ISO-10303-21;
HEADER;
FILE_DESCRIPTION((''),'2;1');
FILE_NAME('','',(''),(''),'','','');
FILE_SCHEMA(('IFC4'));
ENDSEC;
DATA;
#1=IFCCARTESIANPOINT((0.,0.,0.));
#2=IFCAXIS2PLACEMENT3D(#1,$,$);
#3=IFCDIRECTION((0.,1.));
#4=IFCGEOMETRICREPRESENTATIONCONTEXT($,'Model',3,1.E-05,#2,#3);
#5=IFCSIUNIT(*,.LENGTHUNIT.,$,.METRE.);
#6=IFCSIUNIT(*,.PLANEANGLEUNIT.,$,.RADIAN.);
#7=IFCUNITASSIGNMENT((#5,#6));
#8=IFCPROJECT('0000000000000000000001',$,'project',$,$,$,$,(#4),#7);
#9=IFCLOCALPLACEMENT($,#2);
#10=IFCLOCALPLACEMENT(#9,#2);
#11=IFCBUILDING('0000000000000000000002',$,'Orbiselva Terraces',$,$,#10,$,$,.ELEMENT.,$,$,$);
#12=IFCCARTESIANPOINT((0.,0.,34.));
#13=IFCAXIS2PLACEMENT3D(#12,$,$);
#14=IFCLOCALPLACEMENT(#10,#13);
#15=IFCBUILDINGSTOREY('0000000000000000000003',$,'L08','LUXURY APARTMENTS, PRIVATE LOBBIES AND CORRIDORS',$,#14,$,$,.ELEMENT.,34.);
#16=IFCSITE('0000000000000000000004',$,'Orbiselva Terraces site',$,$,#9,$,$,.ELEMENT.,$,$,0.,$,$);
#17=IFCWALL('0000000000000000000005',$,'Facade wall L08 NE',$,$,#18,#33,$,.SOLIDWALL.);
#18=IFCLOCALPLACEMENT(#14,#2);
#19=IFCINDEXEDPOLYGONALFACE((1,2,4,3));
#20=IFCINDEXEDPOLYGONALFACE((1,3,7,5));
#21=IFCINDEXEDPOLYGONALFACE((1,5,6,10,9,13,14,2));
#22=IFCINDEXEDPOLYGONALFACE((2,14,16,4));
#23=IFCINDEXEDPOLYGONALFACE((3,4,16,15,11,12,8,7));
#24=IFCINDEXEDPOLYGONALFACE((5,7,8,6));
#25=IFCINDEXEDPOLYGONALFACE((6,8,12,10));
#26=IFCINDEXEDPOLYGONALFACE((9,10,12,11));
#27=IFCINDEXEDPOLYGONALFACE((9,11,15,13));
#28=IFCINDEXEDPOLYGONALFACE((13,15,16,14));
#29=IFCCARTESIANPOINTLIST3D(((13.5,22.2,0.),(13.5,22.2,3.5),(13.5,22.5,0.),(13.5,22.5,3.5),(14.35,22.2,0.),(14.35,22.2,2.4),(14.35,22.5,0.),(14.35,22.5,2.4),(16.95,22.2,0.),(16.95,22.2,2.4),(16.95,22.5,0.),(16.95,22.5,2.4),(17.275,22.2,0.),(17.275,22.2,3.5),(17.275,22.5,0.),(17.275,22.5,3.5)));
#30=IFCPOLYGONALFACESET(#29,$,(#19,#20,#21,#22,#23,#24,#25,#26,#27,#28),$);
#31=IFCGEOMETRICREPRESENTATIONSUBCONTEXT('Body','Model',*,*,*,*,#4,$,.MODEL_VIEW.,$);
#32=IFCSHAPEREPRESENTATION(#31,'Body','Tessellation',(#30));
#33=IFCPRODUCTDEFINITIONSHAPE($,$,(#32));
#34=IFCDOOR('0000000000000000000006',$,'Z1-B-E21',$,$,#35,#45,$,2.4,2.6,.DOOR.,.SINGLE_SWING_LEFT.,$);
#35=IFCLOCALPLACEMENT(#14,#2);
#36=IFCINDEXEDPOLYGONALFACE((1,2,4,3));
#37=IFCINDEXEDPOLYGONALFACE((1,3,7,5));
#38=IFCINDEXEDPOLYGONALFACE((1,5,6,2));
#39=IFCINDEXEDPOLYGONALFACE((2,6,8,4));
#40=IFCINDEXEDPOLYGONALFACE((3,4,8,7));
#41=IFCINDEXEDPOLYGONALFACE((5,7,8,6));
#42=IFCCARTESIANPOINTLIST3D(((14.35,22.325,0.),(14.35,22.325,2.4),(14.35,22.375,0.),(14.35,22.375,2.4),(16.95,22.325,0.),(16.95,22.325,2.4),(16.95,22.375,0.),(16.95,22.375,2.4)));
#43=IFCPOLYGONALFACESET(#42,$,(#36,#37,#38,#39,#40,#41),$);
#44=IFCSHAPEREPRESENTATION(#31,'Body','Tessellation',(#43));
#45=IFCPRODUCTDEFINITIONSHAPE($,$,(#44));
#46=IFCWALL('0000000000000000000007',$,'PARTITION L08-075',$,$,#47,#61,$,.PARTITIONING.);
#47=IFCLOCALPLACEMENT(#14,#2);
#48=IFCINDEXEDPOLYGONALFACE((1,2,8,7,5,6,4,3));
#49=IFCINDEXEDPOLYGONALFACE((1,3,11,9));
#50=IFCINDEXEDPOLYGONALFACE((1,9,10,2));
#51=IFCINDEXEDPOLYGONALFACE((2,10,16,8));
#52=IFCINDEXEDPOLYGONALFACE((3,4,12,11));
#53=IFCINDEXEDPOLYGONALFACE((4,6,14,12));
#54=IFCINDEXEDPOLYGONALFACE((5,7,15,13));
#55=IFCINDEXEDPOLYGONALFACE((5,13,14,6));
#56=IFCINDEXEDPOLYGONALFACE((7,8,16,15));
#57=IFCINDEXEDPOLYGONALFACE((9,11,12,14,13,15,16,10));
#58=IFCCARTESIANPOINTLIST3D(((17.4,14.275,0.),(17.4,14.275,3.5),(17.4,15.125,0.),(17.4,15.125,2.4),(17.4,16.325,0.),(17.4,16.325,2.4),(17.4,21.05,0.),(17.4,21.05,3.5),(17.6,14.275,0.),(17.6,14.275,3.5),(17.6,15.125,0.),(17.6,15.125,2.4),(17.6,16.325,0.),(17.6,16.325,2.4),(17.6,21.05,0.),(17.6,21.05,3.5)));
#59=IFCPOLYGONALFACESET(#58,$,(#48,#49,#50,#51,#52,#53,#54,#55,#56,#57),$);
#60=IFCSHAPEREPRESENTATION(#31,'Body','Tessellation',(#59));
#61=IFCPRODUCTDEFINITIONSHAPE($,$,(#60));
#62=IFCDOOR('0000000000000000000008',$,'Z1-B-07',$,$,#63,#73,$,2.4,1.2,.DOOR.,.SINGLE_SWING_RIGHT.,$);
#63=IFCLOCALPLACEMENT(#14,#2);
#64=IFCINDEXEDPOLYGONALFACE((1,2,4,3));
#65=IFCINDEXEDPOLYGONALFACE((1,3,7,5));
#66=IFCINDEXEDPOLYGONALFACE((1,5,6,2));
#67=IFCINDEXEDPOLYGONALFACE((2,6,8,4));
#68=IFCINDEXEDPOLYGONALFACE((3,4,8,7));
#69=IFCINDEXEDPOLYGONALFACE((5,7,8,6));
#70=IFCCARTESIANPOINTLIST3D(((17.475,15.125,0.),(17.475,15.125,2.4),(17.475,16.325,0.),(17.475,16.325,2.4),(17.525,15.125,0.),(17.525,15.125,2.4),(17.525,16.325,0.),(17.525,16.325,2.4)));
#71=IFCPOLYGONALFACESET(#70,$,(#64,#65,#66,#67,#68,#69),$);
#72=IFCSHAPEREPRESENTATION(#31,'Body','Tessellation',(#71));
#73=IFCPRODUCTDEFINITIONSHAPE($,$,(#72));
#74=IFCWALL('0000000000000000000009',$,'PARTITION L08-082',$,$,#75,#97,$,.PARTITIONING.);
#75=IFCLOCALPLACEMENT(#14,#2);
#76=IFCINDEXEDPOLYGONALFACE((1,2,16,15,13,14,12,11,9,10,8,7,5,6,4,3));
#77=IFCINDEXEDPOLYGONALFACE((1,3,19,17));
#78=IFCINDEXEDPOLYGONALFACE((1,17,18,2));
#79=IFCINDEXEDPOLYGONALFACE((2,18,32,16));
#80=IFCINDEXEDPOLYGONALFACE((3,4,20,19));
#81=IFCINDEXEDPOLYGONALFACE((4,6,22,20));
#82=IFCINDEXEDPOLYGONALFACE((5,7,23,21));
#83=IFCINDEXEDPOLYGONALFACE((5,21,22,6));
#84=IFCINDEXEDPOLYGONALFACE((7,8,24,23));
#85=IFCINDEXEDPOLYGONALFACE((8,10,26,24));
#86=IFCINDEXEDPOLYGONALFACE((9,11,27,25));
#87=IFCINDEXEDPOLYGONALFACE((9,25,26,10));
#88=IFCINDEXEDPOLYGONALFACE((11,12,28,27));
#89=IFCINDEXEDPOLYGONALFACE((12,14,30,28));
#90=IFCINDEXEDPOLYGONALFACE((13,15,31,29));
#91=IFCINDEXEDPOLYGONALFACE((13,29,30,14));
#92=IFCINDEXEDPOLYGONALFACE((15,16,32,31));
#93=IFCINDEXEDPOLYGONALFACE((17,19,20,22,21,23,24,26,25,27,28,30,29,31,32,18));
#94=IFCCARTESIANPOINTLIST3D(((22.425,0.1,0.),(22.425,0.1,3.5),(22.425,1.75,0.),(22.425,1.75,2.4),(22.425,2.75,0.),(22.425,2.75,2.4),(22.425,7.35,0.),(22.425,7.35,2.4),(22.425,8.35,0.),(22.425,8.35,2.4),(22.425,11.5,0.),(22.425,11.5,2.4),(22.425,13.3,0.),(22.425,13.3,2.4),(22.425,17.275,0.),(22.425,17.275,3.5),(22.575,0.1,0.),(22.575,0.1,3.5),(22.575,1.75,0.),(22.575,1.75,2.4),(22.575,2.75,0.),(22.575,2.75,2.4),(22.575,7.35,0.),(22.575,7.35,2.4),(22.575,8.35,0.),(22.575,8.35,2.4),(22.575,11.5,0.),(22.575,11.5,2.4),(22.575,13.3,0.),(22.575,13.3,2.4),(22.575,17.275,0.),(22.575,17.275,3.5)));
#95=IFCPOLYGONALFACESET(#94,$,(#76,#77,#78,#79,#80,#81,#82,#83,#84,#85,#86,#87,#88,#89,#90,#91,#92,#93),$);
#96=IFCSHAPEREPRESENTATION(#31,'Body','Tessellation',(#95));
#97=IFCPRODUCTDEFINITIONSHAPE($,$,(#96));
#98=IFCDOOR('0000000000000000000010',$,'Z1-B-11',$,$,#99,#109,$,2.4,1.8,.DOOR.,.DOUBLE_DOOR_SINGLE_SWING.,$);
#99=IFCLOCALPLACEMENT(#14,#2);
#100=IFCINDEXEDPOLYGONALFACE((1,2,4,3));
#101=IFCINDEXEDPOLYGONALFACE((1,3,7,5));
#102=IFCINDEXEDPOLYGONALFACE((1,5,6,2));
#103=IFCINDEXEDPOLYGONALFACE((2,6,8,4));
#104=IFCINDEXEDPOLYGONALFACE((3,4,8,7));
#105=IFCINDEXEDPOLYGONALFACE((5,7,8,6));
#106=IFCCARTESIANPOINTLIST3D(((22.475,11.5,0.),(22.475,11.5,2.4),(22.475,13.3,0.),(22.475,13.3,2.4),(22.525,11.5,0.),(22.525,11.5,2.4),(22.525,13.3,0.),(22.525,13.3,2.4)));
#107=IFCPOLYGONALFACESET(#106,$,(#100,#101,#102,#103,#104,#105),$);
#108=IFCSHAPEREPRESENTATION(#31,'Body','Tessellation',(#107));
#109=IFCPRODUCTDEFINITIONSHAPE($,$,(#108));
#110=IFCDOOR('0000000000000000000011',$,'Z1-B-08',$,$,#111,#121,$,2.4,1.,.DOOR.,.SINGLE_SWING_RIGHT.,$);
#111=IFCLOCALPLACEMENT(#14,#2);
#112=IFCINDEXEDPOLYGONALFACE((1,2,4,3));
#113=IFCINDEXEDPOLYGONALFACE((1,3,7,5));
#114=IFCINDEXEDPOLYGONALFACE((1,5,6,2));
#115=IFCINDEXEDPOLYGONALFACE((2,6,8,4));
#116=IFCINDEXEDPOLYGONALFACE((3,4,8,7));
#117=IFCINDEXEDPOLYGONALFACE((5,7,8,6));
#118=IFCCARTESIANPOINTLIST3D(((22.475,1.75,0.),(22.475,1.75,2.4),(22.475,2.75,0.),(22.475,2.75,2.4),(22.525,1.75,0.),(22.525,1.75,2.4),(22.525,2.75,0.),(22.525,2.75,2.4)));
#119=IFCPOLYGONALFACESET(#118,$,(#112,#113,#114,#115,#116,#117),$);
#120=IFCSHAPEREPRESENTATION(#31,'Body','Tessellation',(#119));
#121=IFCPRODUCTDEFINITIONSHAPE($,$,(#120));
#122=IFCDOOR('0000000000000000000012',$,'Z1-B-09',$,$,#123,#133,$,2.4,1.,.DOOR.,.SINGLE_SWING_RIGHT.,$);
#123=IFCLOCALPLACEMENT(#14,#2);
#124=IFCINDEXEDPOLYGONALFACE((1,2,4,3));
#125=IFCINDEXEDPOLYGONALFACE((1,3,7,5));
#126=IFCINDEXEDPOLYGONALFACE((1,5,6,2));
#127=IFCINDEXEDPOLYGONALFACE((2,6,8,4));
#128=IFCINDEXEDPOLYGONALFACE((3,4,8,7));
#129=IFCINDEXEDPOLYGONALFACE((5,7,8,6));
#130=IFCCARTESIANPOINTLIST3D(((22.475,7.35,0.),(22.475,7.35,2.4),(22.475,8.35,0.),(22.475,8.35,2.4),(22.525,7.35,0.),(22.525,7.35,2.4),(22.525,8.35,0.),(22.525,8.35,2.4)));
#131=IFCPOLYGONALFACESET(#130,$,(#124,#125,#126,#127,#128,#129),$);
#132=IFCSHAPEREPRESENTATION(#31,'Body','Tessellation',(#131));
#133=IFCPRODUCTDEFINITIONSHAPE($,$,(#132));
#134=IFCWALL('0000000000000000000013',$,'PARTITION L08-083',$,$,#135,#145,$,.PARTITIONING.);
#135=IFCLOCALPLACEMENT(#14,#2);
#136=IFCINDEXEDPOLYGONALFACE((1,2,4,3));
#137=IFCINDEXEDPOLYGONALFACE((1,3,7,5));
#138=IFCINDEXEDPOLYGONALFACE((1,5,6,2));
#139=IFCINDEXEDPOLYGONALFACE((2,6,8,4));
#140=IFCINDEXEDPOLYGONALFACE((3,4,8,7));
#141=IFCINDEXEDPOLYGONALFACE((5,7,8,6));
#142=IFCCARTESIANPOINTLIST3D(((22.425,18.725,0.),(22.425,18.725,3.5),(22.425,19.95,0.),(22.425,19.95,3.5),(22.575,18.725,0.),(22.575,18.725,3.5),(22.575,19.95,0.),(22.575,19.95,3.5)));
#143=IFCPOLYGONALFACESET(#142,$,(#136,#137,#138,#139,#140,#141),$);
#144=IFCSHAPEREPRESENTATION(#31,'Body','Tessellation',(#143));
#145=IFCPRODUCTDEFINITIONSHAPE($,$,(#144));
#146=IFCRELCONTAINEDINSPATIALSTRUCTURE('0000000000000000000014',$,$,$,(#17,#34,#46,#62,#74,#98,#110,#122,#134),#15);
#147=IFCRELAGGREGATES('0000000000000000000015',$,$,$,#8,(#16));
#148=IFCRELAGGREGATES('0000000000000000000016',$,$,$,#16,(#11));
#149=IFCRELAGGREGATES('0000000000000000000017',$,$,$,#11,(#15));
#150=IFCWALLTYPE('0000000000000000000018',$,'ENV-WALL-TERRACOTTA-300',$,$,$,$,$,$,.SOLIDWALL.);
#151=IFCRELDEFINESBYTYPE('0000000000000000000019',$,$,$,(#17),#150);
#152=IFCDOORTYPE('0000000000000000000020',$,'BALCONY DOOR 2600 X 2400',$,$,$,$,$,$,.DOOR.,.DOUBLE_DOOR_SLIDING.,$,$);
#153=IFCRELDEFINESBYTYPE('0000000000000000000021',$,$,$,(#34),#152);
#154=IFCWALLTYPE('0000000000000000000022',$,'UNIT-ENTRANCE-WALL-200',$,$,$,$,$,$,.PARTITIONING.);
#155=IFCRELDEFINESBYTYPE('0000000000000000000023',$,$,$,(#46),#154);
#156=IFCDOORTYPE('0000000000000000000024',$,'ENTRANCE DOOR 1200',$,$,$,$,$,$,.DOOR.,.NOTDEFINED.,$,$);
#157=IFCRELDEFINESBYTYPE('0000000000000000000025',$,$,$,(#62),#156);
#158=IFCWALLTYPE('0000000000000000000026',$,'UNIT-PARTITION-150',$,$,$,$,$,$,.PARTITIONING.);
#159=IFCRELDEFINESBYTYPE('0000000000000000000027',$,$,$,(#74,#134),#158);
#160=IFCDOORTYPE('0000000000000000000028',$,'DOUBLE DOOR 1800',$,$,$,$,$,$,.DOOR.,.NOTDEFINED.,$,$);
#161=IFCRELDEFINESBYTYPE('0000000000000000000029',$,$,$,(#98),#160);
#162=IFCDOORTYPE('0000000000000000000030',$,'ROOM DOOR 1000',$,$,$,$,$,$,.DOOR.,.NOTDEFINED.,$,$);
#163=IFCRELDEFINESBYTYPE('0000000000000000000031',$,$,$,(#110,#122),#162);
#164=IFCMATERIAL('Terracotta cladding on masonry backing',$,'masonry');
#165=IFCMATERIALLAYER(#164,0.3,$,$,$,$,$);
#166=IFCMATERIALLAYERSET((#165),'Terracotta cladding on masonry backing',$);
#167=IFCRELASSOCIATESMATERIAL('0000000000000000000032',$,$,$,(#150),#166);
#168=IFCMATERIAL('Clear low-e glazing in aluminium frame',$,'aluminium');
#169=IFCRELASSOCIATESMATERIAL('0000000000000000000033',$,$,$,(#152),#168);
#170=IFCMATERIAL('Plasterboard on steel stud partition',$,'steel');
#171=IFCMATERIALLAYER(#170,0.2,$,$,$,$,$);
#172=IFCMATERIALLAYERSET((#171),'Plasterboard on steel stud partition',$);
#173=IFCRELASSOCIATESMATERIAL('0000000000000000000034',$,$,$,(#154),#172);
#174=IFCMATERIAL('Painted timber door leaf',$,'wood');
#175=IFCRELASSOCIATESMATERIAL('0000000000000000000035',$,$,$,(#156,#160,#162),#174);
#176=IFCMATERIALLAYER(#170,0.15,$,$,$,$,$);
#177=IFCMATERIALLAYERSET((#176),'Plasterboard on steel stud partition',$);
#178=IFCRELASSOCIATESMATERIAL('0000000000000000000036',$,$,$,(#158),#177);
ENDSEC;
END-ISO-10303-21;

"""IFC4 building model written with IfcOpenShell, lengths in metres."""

from ifc_helpers import new_model, si_unit, direction, frame, frame_2d, origin, place, context, subcontext, project, spatial, rectangle, extrude, material, layer, layer_set, type_object, element, fill, save


model = new_model("IFC4")

# Units and contexts
model_context = context("Model", 3, precision=1e-05, world=origin(), true_north=direction((0.0, 1.0)))
body_context = subcontext(model_context, "Body", "Model", "MODEL_VIEW")
ifc_project = project(units=[si_unit("LENGTHUNIT", "METRE"), si_unit("PLANEANGLEUNIT", "RADIAN")], contexts=[model_context])

# Site, building, storey
site_placement = place(None, origin())
site = spatial("IfcSite", under=ifc_project, at=site_placement, Name="Orbiselva Terraces site", CompositionType="ELEMENT", RefElevation=0.0)
building_placement = place(site_placement, origin())
building = spatial("IfcBuilding", under=site, at=building_placement, Name="Orbiselva Terraces", CompositionType="ELEMENT")
storey_placement = place(building_placement, frame((0.0, 0.0, 34.0)))
storey = spatial("IfcBuildingStorey", under=building, at=storey_placement, Name="L08", Description="LUXURY APARTMENTS, PRIVATE LOBBIES AND CORRIDORS", CompositionType="ELEMENT", Elevation=34.0)

# Shared definitions
ifc_material_1 = material(Name="Terracotta cladding on masonry backing", Category="masonry")
ifc_layer_1 = layer(ifc_material_1, 0.3)
ifc_layer_set_1 = layer_set([ifc_layer_1], Name="Terracotta cladding on masonry backing")
wall_type_1 = type_object("IfcWallType", Name="ENV-WALL-TERRACOTTA-300", PredefinedType="SOLIDWALL", material=ifc_layer_set_1)
ifc_material_2 = material(Name="Clear low-e glazing in aluminium frame", Category="aluminium")

# Walls, openings, doors
wall_1_placement = place(storey_placement, frame((13.5, 22.35, 0.0), z_axis=(0.0, 0.0, 1.0), x_axis=(1.0, 0.0, 0.0)))
wall_1 = element("IfcWall", 1, at=wall_1_placement, inside=storey, type_object=wall_type_1, Name="Facade wall L08 NE", PredefinedType="SOLIDWALL", context=body_context, shape_type="SweptSolid", body=[
    extrude(rectangle(XDim=3.775, YDim=0.3, at=frame_2d((1.8875, 0.0))), origin(), (0.0, 0.0, 1.0), 3.5),
])
opening_1_placement = place(wall_1_placement, frame((0.85, 0.0, 0.0)))
opening_1 = element("IfcOpeningElement", 2, at=opening_1_placement, cuts=wall_1, PredefinedType="OPENING", context=body_context, shape_type="SweptSolid", body=[
    extrude(rectangle(XDim=2.6, YDim=2.4, at=frame_2d((1.3, 1.2))), frame((0.0, 0.16, 0.0), z_axis=(0.0, -1.0, 0.0), x_axis=(1.0, 0.0, 0.0)), (0.0, 0.0, 1.0), 0.32),
])
door_type_1 = type_object("IfcDoorType", Name="BALCONY DOOR 2600 X 2400", OperationType="DOUBLE_DOOR_SLIDING", PredefinedType="DOOR", material=ifc_material_2)
door_1_placement = place(opening_1_placement, origin())
door_1 = element("IfcDoor", 3, at=door_1_placement, inside=storey, type_object=door_type_1, Name="Z1-B-E21", OperationType="SINGLE_SWING_LEFT", OverallHeight=2.4, OverallWidth=2.6, PredefinedType="DOOR", context=body_context, shape_type="SweptSolid", body=[
    extrude(rectangle(XDim=2.6, YDim=2.4, at=frame_2d((1.3, 1.2))), frame((0.0, 0.025, 0.0), z_axis=(0.0, -1.0, 0.0), x_axis=(1.0, 0.0, 0.0)), (0.0, 0.0, 1.0), 0.05),
])
fill(opening_1, door_1)
ifc_material_3 = material(Name="Plasterboard on steel stud partition", Category="steel")
ifc_layer_2 = layer(ifc_material_3, 0.2)
ifc_layer_set_2 = layer_set([ifc_layer_2], Name="Plasterboard on steel stud partition")
wall_type_2 = type_object("IfcWallType", Name="UNIT-ENTRANCE-WALL-200", PredefinedType="PARTITIONING", material=ifc_layer_set_2)
wall_2_placement = place(storey_placement, frame((17.5, 21.05, 0.0), z_axis=(0.0, 0.0, 1.0), x_axis=(0.0, -1.0, 0.0)))
wall_2 = element("IfcWall", 4, at=wall_2_placement, inside=storey, type_object=wall_type_2, Name="PARTITION L08-075", PredefinedType="PARTITIONING", context=body_context, shape_type="SweptSolid", body=[
    extrude(rectangle(XDim=6.775, YDim=0.2, at=frame_2d((3.3875, 0.0))), origin(), (0.0, 0.0, 1.0), 3.5),
])
opening_2_placement = place(wall_2_placement, frame((4.725, 0.0, 0.0)))
opening_2 = element("IfcOpeningElement", 5, at=opening_2_placement, cuts=wall_2, PredefinedType="OPENING", context=body_context, shape_type="SweptSolid", body=[
    extrude(rectangle(XDim=1.2, YDim=2.4, at=frame_2d((0.6, 1.2))), frame((0.0, 0.11, 0.0), z_axis=(0.0, -1.0, 0.0), x_axis=(1.0, 0.0, 0.0)), (0.0, 0.0, 1.0), 0.22),
])
ifc_material_4 = material(Name="Painted timber door leaf", Category="wood")
door_type_2 = type_object("IfcDoorType", Name="ENTRANCE DOOR 1200", OperationType="NOTDEFINED", PredefinedType="DOOR", material=ifc_material_4)
door_2_placement = place(opening_2_placement, origin())
door_2 = element("IfcDoor", 6, at=door_2_placement, inside=storey, type_object=door_type_2, Name="Z1-B-07", OperationType="SINGLE_SWING_RIGHT", OverallHeight=2.4, OverallWidth=1.2, PredefinedType="DOOR", context=body_context, shape_type="SweptSolid", body=[
    extrude(rectangle(XDim=1.2, YDim=2.4, at=frame_2d((0.6, 1.2))), frame((0.0, 0.025, 0.0), z_axis=(0.0, -1.0, 0.0), x_axis=(1.0, 0.0, 0.0)), (0.0, 0.0, 1.0), 0.05),
])
fill(opening_2, door_2)

# Wall, openings, doors
ifc_layer_3 = layer(ifc_material_3, 0.15)
ifc_layer_set_3 = layer_set([ifc_layer_3], Name="Plasterboard on steel stud partition")
wall_type_3 = type_object("IfcWallType", Name="UNIT-PARTITION-150", PredefinedType="PARTITIONING", material=ifc_layer_set_3)
wall_3_placement = place(storey_placement, frame((22.5, 17.275, 0.0), z_axis=(0.0, 0.0, 1.0), x_axis=(0.0, -1.0, 0.0)))
wall_3 = element("IfcWall", 7, at=wall_3_placement, inside=storey, type_object=wall_type_3, Name="PARTITION L08-082", PredefinedType="PARTITIONING", context=body_context, shape_type="SweptSolid", body=[
    extrude(rectangle(XDim=17.175, YDim=0.15, at=frame_2d((8.5875, 0.0))), origin(), (0.0, 0.0, 1.0), 3.5),
])
opening_3_placement = place(wall_3_placement, frame((14.525, 0.0, 0.0)))
opening_3 = element("IfcOpeningElement", 8, at=opening_3_placement, cuts=wall_3, PredefinedType="OPENING", context=body_context, shape_type="SweptSolid", body=[
    extrude(rectangle(XDim=1.0, YDim=2.4, at=frame_2d((0.5, 1.2))), frame((0.0, 0.085, 0.0), z_axis=(0.0, -1.0, 0.0), x_axis=(1.0, 0.0, 0.0)), (0.0, 0.0, 1.0), 0.17),
])
opening_4_placement = place(wall_3_placement, frame((8.925, 0.0, 0.0)))
opening_4 = element("IfcOpeningElement", 9, at=opening_4_placement, cuts=wall_3, PredefinedType="OPENING", context=body_context, shape_type="SweptSolid", body=[
    extrude(rectangle(XDim=1.0, YDim=2.4, at=frame_2d((0.5, 1.2))), frame((0.0, 0.085, 0.0), z_axis=(0.0, -1.0, 0.0), x_axis=(1.0, 0.0, 0.0)), (0.0, 0.0, 1.0), 0.17),
])
opening_5_placement = place(wall_3_placement, frame((3.975, 0.0, 0.0)))
opening_5 = element("IfcOpeningElement", 10, at=opening_5_placement, cuts=wall_3, PredefinedType="OPENING", context=body_context, shape_type="SweptSolid", body=[
    extrude(rectangle(XDim=1.8, YDim=2.4, at=frame_2d((0.9, 1.2))), frame((0.0, 0.085, 0.0), z_axis=(0.0, -1.0, 0.0), x_axis=(1.0, 0.0, 0.0)), (0.0, 0.0, 1.0), 0.17),
])
door_type_3 = type_object("IfcDoorType", Name="DOUBLE DOOR 1800", OperationType="NOTDEFINED", PredefinedType="DOOR", material=ifc_material_4)
door_3_placement = place(opening_5_placement, origin())
door_3 = element("IfcDoor", 11, at=door_3_placement, inside=storey, type_object=door_type_3, Name="Z1-B-11", OperationType="DOUBLE_DOOR_SINGLE_SWING", OverallHeight=2.4, OverallWidth=1.8, PredefinedType="DOOR", context=body_context, shape_type="SweptSolid", body=[
    extrude(rectangle(XDim=1.8, YDim=2.4, at=frame_2d((0.9, 1.2))), frame((0.0, 0.025, 0.0), z_axis=(0.0, -1.0, 0.0), x_axis=(1.0, 0.0, 0.0)), (0.0, 0.0, 1.0), 0.05),
])
fill(opening_5, door_3)
door_type_4 = type_object("IfcDoorType", Name="ROOM DOOR 1000", OperationType="NOTDEFINED", PredefinedType="DOOR", material=ifc_material_4)
door_4_placement = place(opening_3_placement, origin())
door_4 = element("IfcDoor", 12, at=door_4_placement, inside=storey, type_object=door_type_4, Name="Z1-B-08", OperationType="SINGLE_SWING_RIGHT", OverallHeight=2.4, OverallWidth=1.0, PredefinedType="DOOR", context=body_context, shape_type="SweptSolid", body=[
    extrude(rectangle(XDim=1.0, YDim=2.4, at=frame_2d((0.5, 1.2))), frame((0.0, 0.025, 0.0), z_axis=(0.0, -1.0, 0.0), x_axis=(1.0, 0.0, 0.0)), (0.0, 0.0, 1.0), 0.05),
])
fill(opening_3, door_4)
door_5_placement = place(opening_4_placement, origin())
door_5 = element("IfcDoor", 13, at=door_5_placement, inside=storey, type_object=door_type_4, Name="Z1-B-09", OperationType="SINGLE_SWING_RIGHT", OverallHeight=2.4, OverallWidth=1.0, PredefinedType="DOOR", context=body_context, shape_type="SweptSolid", body=[
    extrude(rectangle(XDim=1.0, YDim=2.4, at=frame_2d((0.5, 1.2))), frame((0.0, 0.025, 0.0), z_axis=(0.0, -1.0, 0.0), x_axis=(1.0, 0.0, 0.0)), (0.0, 0.0, 1.0), 0.05),
])
fill(opening_4, door_5)

# Wall
wall_4_placement = place(storey_placement, frame((22.5, 18.725, 0.0), z_axis=(0.0, 0.0, 1.0), x_axis=(0.0, 1.0, 0.0)))
element("IfcWall", 14, at=wall_4_placement, inside=storey, type_object=wall_type_3, Name="PARTITION L08-083", PredefinedType="PARTITIONING", context=body_context, shape_type="SweptSolid", body=[
    extrude(rectangle(XDim=1.225, YDim=0.15, at=frame_2d((0.6125, 0.0))), origin(), (0.0, 0.0, 1.0), 3.5),
])

save(model, "model.ifc")
